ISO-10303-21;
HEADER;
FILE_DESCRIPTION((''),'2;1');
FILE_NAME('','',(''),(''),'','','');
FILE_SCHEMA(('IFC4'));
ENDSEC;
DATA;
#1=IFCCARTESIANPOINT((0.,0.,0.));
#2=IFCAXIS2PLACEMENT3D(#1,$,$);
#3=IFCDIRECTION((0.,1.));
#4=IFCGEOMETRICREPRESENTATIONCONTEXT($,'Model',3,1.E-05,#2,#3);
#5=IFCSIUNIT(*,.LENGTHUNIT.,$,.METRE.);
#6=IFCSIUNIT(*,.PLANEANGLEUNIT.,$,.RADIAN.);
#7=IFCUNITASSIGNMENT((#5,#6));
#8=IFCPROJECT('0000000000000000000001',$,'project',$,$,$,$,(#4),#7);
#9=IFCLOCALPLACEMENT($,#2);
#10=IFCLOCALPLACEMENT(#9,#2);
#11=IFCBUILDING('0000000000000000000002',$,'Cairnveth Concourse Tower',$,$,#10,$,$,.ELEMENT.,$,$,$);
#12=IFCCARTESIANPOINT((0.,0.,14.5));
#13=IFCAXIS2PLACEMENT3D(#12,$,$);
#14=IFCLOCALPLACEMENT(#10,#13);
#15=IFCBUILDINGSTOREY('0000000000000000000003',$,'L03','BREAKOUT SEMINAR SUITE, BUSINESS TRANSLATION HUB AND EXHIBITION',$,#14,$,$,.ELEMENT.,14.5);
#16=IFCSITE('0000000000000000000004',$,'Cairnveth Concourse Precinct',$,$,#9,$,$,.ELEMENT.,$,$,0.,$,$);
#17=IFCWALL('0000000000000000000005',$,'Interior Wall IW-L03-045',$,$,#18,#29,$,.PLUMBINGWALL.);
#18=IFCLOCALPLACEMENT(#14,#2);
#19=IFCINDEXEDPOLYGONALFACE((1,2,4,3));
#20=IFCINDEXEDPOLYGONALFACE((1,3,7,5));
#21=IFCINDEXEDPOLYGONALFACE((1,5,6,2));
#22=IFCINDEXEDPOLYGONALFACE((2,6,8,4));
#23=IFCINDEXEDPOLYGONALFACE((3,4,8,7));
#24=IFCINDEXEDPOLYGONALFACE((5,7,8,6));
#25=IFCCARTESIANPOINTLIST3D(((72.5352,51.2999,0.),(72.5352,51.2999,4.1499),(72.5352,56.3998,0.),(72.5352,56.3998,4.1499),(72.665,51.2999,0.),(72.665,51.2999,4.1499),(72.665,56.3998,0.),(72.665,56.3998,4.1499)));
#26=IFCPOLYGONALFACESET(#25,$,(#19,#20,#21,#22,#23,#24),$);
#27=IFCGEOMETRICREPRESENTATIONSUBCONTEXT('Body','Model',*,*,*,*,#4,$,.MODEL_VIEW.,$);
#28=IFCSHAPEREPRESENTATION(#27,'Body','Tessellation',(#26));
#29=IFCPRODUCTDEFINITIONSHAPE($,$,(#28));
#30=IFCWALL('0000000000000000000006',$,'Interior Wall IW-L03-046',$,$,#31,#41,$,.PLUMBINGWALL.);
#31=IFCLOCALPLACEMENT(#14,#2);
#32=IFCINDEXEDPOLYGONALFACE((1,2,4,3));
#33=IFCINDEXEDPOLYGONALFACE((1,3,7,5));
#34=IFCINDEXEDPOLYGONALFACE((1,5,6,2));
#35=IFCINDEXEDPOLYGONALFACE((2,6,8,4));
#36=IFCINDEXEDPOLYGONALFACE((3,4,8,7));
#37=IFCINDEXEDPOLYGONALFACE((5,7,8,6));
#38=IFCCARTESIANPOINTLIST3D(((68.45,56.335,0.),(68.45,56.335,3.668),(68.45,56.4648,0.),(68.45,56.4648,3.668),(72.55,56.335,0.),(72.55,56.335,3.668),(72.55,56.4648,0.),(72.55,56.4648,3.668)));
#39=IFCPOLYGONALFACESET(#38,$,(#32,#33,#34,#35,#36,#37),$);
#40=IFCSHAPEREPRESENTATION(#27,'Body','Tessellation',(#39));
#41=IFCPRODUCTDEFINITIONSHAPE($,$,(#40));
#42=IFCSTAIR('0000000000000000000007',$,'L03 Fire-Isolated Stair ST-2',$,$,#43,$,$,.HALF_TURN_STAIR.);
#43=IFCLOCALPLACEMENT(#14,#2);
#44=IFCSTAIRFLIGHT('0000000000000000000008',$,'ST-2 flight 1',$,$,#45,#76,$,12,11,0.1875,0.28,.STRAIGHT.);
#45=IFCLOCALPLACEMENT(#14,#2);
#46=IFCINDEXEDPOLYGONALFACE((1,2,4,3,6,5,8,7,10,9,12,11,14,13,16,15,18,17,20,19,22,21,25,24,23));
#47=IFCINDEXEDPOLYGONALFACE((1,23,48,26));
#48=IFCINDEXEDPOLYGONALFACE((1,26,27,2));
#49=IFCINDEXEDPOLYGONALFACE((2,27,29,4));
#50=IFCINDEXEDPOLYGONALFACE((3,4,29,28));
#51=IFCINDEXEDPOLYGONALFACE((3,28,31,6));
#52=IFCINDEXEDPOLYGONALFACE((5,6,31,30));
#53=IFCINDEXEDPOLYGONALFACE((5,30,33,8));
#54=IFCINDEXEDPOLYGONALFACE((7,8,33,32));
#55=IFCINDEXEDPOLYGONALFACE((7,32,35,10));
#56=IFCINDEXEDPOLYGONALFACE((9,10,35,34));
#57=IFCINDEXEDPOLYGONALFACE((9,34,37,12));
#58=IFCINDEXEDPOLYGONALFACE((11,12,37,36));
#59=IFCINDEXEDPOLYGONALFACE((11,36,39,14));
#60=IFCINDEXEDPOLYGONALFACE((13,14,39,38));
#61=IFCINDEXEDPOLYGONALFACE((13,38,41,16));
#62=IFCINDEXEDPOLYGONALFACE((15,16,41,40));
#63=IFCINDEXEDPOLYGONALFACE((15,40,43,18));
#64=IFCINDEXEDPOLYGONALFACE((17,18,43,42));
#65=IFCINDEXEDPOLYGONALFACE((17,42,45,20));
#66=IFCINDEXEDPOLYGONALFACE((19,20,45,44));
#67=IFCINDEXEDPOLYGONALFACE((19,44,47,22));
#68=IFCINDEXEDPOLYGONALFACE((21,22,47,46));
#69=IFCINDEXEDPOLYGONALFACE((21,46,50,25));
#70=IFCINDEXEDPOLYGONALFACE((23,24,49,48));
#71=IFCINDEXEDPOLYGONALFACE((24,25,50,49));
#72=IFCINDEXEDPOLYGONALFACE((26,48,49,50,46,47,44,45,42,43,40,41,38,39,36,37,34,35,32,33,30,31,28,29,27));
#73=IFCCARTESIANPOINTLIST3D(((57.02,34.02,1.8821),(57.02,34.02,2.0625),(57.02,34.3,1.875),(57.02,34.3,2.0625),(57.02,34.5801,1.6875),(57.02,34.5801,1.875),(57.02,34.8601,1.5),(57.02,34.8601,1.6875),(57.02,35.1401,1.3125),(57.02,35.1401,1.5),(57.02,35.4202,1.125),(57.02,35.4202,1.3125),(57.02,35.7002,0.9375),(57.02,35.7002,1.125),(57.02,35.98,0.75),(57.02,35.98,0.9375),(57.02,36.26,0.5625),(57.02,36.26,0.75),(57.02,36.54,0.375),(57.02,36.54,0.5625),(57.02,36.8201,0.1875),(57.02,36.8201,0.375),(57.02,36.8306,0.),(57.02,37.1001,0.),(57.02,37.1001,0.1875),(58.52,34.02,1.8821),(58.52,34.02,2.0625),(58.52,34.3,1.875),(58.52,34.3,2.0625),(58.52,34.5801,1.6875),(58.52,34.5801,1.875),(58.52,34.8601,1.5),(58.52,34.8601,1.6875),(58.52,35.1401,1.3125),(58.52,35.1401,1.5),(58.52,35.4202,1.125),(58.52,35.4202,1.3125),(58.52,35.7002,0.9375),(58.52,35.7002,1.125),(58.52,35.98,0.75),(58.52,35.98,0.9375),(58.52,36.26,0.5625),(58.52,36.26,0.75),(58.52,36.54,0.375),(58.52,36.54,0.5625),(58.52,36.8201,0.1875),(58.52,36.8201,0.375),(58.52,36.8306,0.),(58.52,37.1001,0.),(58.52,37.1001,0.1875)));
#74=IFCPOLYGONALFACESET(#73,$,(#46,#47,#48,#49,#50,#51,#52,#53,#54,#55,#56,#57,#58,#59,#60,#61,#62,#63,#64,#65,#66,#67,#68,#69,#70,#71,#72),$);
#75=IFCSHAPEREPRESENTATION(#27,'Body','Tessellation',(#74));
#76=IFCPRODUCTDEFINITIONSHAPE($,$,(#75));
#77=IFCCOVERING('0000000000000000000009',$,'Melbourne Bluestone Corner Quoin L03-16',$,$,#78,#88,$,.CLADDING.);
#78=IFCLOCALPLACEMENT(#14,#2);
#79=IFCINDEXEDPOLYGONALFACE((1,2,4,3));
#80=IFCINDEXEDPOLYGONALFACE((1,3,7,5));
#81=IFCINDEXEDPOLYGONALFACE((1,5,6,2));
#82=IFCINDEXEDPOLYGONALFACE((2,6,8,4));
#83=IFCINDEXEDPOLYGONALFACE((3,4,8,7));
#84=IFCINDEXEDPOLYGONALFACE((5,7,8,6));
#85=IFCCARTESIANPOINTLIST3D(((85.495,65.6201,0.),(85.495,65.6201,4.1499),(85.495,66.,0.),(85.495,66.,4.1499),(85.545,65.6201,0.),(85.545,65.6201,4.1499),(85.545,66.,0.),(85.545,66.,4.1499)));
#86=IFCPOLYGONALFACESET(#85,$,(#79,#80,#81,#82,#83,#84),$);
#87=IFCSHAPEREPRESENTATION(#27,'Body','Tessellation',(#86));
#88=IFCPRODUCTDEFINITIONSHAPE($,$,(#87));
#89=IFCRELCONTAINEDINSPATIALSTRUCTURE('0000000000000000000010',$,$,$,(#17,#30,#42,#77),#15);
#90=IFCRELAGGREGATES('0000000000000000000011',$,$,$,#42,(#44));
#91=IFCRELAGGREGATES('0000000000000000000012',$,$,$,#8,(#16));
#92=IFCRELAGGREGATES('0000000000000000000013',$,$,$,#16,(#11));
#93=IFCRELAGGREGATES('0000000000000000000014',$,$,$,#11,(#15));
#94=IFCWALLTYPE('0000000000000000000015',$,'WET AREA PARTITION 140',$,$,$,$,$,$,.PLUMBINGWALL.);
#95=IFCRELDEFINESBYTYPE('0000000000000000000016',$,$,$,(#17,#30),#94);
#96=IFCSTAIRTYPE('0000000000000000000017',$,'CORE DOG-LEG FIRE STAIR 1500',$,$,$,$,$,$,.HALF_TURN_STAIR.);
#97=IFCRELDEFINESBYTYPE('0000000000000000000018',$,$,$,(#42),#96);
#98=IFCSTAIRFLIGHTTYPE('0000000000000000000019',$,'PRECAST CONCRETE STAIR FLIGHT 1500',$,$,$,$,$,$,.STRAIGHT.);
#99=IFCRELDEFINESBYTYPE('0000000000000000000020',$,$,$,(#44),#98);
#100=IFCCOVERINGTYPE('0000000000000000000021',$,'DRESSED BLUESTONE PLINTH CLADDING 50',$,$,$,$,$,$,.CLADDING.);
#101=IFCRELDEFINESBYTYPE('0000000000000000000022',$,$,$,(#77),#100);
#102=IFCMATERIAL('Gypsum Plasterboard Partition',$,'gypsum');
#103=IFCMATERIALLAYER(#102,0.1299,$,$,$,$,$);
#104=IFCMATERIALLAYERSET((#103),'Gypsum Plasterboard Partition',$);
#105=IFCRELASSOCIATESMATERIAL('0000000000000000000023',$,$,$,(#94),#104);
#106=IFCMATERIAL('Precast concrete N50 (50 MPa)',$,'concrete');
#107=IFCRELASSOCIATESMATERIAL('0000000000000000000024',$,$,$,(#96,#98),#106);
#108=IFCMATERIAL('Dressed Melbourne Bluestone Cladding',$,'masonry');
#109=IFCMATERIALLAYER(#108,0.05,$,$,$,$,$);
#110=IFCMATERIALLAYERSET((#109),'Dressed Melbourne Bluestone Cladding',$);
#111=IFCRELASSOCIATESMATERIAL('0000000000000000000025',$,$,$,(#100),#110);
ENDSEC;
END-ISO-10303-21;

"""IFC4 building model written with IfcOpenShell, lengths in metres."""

from ifc_helpers import new_model, si_unit, direction, frame, frame_2d, origin, place, context, subcontext, project, spatial, polyline, rectangle, outline, extrude, material, layer, layer_set, type_object, element, aggregate, save


model = new_model("IFC4")

# Units and contexts
model_context = context("Model", 3, precision=1e-05, world=origin(), true_north=direction((0.0, 1.0)))
body_context = subcontext(model_context, "Body", "Model", "MODEL_VIEW")
ifc_project = project(units=[si_unit("LENGTHUNIT", "METRE"), si_unit("PLANEANGLEUNIT", "RADIAN")], contexts=[model_context])

# Site, building, storey
site_placement = place(None, origin())
site = spatial("IfcSite", under=ifc_project, at=site_placement, Name="Cairnveth Concourse Precinct", CompositionType="ELEMENT", RefElevation=0.0)
building_placement = place(site_placement, origin())
building = spatial("IfcBuilding", under=site, at=building_placement, Name="Cairnveth Concourse Tower", CompositionType="ELEMENT")
storey_placement = place(building_placement, frame((0.0, 0.0, 14.5)))
storey = spatial("IfcBuildingStorey", under=building, at=storey_placement, Name="L03", Description="BREAKOUT SEMINAR SUITE, BUSINESS TRANSLATION HUB AND EXHIBITION", CompositionType="ELEMENT", Elevation=14.5)

# Walls
ifc_material_1 = material(Name="Gypsum Plasterboard Partition", Category="gypsum")
ifc_layer_1 = layer(ifc_material_1, 0.1299)
ifc_layer_set_1 = layer_set([ifc_layer_1], Name="Gypsum Plasterboard Partition")
wall_type_1 = type_object("IfcWallType", Name="WET AREA PARTITION 140", PredefinedType="PLUMBINGWALL", material=ifc_layer_set_1)
wall_1_placement = place(storey_placement, frame((72.6001, 51.3, 0.0), z_axis=(0.0, 0.0, 1.0), x_axis=(0.0, 1.0, 0.0)))
element("IfcWall", 1, at=wall_1_placement, inside=storey, type_object=wall_type_1, Name="Interior Wall IW-L03-045", PredefinedType="PLUMBINGWALL", context=body_context, shape_type="SweptSolid", body=[
    extrude(rectangle(XDim=5.0999, YDim=0.1299, at=frame_2d((2.5498, 0.0))), origin(), (0.0, 0.0, 1.0), 4.1499),
])
wall_2_placement = place(storey_placement, frame((68.45, 56.3999, 0.0), z_axis=(0.0, 0.0, 1.0), x_axis=(1.0, 0.0, 0.0)))
element("IfcWall", 2, at=wall_2_placement, inside=storey, type_object=wall_type_1, Name="Interior Wall IW-L03-046", PredefinedType="PLUMBINGWALL", context=body_context, shape_type="SweptSolid", body=[
    extrude(rectangle(XDim=4.1001, YDim=0.1299, at=frame_2d((2.05, 0.0))), origin(), (0.0, 0.0, 1.0), 3.668),
])

# Stair, stair flight
ifc_material_2 = material(Name="Precast concrete N50 (50 MPa)", Category="concrete")
stair_type = type_object("IfcStairType", Name="CORE DOG-LEG FIRE STAIR 1500", PredefinedType="HALF_TURN_STAIR", material=ifc_material_2)
stair_placement = place(storey_placement, origin())
stair = element("IfcStair", 3, at=stair_placement, inside=storey, type_object=stair_type, Name="L03 Fire-Isolated Stair ST-2", PredefinedType="HALF_TURN_STAIR")
stair_flight_type = type_object("IfcStairFlightType", Name="PRECAST CONCRETE STAIR FLIGHT 1500", PredefinedType="STRAIGHT", material=ifc_material_2)
stair_flight_placement = place(storey_placement, frame((57.77, 37.1001, 0.0), z_axis=(0.0, 0.0, 1.0), x_axis=(0.0, -1.0, 0.0)))
stair_flight = element("IfcStairFlight", 4, at=stair_flight_placement, type_object=stair_flight_type, Name="ST-2 flight 1", NumberOfRisers=12, NumberOfTreads=11, PredefinedType="STRAIGHT", RiserHeight=0.1875, TreadLength=0.28, context=body_context, shape_type="SweptSolid", body=[
    extrude(outline(polyline([(0.0, 0.0), (0.0, 0.1875), (0.28, 0.1875), (0.28, 0.375), (0.5601, 0.375), (0.5601, 0.5625), (0.8401, 0.5625), (0.8401, 0.75), (1.1201, 0.75), (1.1201, 0.9375), (1.3999, 0.9375), (1.3999, 1.125), (1.6799, 1.125), (1.6799, 1.3125), (1.96, 1.3125), (1.96, 1.5), (2.24, 1.5), (2.24, 1.6875), (2.52, 1.6875), (2.52, 1.875), (2.8, 1.875), (2.8, 2.0625), (3.0801, 2.0625), (3.0801, 2.25), (3.0801, 1.8821), (0.2695, 0.0), (0.0, 0.0)])), frame((0.0, 0.75, 0.0), z_axis=(0.0, -1.0, 0.0), x_axis=(1.0, 0.0, 0.0)), (0.0, 0.0, 1.0), 1.5),
])
aggregate(stair, [stair_flight])

# Covering
ifc_material_3 = material(Name="Dressed Melbourne Bluestone Cladding", Category="masonry")
ifc_layer_2 = layer(ifc_material_3, 0.05)
ifc_layer_set_2 = layer_set([ifc_layer_2], Name="Dressed Melbourne Bluestone Cladding")
covering_type = type_object("IfcCoveringType", Name="DRESSED BLUESTONE PLINTH CLADDING 50", PredefinedType="CLADDING", material=ifc_layer_set_2)
covering_placement = place(storey_placement, frame((85.52, 65.6201, 0.0), z_axis=(0.0, 0.0, 1.0), x_axis=(0.0, 1.0, 0.0)))
element("IfcCovering", 5, at=covering_placement, inside=storey, type_object=covering_type, Name="Melbourne Bluestone Corner Quoin L03-16", PredefinedType="CLADDING", context=body_context, shape_type="SweptSolid", body=[
    extrude(rectangle(XDim=0.3799, YDim=0.05, at=frame_2d((0.1899, 0.0))), origin(), (0.0, 0.0, 1.0), 4.1499),
])

save(model, "model.ifc")
